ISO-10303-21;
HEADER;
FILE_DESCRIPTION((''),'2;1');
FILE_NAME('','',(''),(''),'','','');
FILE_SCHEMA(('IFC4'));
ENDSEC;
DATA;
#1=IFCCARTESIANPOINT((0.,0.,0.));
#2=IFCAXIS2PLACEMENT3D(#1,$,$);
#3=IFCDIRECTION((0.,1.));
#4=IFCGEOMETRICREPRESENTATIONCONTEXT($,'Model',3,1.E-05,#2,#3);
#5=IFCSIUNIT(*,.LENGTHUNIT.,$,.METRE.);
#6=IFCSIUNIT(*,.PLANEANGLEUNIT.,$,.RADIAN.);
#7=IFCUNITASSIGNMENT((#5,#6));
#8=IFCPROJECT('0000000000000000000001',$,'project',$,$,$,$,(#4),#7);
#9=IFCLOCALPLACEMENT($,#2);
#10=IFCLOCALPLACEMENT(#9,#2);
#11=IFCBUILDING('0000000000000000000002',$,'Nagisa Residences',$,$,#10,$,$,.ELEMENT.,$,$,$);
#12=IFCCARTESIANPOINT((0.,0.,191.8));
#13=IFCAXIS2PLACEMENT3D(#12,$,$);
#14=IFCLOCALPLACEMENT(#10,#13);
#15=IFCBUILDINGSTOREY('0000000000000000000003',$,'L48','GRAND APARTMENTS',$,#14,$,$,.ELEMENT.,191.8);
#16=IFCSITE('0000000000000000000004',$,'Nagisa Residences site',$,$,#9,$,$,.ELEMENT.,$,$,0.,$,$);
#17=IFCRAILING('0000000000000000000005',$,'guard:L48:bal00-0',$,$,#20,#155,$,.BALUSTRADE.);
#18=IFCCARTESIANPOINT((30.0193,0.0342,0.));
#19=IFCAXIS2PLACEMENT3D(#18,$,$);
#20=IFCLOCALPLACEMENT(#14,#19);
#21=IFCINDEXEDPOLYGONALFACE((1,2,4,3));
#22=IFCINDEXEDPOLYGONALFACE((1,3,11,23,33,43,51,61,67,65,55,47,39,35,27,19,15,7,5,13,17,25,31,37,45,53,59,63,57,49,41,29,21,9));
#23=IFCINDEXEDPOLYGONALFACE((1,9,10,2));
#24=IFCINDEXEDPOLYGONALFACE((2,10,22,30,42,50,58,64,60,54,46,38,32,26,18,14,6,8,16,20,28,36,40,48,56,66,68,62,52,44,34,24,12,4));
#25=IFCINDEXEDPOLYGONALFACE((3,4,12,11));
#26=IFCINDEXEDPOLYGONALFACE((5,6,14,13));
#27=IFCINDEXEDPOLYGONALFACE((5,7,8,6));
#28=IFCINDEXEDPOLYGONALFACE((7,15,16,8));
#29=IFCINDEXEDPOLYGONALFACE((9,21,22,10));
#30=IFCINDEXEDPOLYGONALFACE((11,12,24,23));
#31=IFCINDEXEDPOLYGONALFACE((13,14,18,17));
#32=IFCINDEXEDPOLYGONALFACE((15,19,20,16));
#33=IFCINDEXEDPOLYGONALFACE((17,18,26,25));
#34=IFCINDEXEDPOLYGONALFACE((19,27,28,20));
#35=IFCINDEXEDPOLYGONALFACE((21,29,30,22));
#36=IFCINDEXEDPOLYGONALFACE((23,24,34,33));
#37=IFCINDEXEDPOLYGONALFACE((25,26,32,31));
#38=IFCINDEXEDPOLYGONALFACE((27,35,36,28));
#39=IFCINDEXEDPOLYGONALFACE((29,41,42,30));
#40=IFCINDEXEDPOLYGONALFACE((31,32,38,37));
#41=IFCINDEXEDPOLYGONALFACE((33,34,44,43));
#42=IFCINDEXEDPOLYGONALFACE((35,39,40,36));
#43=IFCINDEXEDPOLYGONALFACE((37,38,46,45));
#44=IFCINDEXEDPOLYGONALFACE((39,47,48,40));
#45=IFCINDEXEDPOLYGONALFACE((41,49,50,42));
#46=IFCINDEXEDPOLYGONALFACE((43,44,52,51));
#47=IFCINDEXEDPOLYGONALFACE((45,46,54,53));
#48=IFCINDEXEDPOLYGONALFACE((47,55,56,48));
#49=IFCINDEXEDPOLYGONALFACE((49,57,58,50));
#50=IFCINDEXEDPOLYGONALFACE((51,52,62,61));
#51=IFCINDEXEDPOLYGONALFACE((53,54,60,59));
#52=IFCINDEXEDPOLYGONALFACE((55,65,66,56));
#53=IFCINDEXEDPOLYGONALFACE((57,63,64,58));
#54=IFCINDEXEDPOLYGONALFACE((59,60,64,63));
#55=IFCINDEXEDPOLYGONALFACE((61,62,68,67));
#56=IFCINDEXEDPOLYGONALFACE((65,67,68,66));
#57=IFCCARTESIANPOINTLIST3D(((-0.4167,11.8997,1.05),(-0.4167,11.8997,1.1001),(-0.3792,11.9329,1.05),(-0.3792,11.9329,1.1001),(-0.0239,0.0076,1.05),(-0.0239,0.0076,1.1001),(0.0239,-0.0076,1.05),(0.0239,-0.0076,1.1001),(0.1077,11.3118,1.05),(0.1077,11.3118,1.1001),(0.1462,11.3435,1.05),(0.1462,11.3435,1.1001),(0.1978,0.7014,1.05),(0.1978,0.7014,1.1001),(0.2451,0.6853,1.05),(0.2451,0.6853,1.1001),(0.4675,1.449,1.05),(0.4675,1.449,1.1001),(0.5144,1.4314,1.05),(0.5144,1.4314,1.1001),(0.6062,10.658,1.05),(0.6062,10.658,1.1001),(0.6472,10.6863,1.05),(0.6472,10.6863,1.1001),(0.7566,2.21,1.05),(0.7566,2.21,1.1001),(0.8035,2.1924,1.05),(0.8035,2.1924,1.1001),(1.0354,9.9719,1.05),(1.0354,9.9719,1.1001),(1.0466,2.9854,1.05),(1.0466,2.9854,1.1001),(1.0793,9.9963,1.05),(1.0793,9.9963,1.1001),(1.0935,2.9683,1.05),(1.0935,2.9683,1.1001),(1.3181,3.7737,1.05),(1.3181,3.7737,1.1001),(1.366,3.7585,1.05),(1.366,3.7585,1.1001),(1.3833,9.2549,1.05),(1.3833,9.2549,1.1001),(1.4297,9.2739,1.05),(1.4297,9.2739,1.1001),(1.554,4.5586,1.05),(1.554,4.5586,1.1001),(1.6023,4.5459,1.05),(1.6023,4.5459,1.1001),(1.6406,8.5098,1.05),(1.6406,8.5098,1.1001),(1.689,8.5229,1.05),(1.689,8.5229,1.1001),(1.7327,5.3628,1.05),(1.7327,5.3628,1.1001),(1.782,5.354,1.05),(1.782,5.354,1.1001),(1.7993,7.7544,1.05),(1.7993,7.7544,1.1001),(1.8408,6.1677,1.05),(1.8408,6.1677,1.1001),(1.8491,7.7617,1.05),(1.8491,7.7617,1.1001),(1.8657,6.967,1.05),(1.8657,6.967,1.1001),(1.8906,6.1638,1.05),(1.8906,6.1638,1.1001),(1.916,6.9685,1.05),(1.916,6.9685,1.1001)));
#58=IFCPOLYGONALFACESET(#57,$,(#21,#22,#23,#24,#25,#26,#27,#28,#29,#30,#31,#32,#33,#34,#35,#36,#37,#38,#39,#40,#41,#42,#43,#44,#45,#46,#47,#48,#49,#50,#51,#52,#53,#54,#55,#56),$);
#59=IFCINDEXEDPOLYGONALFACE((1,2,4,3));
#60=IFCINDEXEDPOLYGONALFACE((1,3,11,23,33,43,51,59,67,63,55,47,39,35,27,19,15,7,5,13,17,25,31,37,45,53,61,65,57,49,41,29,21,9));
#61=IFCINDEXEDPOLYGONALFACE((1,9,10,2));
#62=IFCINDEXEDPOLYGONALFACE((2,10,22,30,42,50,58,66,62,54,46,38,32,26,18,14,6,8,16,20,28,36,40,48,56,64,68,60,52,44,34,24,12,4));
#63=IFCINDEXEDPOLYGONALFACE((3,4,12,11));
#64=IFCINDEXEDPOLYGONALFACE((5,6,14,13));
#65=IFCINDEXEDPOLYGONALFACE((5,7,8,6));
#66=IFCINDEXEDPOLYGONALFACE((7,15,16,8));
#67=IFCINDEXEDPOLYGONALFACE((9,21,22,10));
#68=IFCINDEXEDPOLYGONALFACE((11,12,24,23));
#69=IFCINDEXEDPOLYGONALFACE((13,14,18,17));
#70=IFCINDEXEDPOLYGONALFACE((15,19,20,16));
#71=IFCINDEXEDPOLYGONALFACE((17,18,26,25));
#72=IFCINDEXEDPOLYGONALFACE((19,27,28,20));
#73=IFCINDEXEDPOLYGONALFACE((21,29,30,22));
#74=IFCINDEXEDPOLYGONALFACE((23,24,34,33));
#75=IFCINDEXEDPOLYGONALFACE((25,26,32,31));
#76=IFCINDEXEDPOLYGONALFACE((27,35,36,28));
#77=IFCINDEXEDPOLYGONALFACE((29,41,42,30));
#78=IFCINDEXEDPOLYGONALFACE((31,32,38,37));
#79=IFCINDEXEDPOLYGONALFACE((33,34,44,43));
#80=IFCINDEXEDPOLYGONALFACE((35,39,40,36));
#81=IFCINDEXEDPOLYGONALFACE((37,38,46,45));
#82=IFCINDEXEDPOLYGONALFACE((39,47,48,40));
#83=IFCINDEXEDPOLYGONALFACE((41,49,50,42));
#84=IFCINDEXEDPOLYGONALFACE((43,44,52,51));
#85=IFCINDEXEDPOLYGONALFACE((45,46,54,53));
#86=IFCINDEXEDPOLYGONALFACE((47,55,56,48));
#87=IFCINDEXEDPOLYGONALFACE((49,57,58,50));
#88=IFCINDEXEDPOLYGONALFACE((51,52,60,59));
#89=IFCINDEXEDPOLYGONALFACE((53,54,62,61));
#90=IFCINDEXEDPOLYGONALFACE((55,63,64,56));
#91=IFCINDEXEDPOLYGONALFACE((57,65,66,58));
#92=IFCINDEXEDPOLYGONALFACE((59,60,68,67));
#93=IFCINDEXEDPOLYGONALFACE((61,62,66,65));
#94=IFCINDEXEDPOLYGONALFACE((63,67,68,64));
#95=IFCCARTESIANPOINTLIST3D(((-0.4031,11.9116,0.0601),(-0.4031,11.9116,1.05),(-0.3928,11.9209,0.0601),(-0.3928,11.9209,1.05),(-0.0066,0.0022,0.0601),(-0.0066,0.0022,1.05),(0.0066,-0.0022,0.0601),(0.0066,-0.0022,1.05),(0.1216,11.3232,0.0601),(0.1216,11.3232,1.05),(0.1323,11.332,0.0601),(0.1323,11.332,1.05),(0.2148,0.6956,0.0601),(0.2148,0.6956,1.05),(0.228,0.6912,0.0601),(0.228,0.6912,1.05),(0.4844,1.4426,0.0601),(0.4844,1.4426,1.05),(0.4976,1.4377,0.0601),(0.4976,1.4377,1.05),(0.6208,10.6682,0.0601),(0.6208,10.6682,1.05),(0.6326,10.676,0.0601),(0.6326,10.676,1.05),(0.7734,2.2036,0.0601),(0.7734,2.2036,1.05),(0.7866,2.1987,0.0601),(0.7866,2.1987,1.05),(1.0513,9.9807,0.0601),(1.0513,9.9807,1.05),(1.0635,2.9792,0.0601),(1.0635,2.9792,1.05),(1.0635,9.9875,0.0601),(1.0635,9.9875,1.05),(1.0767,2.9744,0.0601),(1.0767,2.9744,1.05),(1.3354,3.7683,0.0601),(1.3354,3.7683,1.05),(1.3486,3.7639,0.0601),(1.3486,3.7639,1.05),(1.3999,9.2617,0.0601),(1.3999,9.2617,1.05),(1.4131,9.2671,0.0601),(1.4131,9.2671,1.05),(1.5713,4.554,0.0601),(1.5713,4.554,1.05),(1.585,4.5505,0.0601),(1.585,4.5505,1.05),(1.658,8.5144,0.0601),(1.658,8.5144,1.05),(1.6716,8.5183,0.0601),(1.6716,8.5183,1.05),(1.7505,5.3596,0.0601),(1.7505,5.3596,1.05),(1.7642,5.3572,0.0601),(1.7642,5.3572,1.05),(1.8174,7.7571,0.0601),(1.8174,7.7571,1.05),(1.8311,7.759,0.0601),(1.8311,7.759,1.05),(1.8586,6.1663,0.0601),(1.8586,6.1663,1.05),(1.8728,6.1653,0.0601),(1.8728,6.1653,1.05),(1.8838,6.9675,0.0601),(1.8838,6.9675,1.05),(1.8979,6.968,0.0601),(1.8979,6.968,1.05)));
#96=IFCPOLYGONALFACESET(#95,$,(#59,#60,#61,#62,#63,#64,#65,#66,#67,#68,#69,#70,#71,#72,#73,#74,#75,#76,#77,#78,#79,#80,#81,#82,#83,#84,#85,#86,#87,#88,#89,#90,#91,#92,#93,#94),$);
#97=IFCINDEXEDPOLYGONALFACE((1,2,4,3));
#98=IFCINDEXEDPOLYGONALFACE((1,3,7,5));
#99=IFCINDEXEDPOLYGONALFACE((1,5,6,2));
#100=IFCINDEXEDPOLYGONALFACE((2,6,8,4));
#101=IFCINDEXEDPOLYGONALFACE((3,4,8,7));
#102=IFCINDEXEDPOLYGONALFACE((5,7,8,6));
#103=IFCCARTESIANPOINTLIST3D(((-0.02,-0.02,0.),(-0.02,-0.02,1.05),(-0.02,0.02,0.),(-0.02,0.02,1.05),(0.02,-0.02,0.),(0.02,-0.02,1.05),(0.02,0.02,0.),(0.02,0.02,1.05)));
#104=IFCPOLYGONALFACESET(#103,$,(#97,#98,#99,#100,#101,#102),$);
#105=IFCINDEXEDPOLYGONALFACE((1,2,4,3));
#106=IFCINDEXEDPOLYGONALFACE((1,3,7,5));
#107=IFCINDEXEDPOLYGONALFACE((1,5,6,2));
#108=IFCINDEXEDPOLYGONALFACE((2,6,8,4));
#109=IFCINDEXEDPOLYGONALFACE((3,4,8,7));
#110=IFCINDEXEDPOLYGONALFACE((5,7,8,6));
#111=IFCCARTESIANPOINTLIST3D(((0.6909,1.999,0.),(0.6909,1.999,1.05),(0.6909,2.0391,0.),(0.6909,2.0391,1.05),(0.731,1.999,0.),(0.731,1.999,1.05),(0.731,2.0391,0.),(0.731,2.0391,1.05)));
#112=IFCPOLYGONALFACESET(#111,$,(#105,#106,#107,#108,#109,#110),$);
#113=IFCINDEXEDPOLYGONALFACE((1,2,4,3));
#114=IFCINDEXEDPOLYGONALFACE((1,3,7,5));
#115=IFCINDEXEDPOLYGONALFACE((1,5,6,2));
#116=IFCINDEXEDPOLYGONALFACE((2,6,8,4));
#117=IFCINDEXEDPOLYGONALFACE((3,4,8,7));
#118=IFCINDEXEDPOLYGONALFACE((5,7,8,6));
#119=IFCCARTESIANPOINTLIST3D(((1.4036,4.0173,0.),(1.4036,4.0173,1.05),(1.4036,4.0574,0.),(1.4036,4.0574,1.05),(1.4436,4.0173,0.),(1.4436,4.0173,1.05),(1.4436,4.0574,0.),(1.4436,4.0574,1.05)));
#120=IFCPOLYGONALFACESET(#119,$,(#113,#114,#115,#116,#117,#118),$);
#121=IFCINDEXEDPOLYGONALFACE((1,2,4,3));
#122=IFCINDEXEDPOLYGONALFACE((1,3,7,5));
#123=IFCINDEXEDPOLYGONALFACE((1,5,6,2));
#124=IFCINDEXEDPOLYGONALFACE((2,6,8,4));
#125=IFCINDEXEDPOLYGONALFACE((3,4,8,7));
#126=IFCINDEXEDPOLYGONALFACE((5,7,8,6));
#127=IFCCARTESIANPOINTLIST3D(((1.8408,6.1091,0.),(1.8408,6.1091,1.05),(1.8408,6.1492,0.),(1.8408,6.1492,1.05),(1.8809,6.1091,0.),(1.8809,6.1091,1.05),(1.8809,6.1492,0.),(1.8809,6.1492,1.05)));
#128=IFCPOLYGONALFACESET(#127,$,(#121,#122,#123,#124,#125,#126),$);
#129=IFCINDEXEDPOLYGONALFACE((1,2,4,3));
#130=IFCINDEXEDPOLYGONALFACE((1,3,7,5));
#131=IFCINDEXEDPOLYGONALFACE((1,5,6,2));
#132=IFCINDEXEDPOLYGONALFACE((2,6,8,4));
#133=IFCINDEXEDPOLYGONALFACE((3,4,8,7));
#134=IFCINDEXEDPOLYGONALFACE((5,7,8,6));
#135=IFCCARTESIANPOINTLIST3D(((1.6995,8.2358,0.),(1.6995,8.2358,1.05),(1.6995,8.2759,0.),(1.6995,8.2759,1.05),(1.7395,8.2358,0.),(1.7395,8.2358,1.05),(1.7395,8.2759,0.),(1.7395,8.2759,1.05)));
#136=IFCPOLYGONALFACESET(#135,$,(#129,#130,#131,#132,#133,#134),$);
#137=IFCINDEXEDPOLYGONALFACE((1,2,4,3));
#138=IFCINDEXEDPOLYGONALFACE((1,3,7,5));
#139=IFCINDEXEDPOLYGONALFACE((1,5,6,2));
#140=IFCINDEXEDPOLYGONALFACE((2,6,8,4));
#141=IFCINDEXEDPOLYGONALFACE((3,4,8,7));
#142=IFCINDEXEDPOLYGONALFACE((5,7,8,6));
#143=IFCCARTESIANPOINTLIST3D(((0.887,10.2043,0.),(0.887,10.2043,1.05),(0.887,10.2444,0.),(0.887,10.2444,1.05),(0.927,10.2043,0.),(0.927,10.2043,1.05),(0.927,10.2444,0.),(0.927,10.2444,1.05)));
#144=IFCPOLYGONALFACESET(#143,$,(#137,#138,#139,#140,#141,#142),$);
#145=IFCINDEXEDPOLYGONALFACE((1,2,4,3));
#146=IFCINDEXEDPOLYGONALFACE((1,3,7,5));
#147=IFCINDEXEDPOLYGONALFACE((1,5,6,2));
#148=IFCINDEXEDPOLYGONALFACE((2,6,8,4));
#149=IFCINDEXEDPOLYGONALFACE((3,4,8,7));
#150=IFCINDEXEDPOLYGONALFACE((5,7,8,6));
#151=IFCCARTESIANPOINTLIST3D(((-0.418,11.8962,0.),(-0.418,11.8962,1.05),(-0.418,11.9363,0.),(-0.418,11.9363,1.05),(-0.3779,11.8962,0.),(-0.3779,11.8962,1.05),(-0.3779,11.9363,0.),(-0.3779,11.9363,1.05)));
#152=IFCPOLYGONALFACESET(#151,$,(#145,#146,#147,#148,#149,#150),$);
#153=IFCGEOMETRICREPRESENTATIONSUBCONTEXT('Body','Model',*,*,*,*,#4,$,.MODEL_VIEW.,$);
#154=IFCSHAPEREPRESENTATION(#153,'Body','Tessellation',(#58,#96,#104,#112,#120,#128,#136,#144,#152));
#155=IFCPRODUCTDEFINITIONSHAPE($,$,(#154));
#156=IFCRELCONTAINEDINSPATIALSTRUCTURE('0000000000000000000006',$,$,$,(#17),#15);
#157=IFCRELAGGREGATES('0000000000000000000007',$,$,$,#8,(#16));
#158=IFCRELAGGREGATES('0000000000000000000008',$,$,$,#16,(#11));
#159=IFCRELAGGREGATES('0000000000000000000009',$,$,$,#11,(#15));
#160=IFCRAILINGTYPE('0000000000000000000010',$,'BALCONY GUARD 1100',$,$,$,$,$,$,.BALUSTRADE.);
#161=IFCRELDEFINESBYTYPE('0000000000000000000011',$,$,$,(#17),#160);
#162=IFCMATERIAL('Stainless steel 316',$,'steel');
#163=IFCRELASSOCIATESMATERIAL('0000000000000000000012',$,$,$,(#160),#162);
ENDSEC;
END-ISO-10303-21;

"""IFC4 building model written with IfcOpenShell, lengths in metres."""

from ifc_helpers import new_model, si_unit, direction, frame, origin, origin_2d, place, context, subcontext, project, spatial, polyline, rectangle, outline, extrude, material, type_object, element, save


model = new_model("IFC4")

# Units and contexts
model_context = context("Model", 3, precision=1e-05, world=origin(), true_north=direction((0.0, 1.0)))
body_context = subcontext(model_context, "Body", "Model", "MODEL_VIEW")
ifc_project = project(units=[si_unit("LENGTHUNIT", "METRE"), si_unit("PLANEANGLEUNIT", "RADIAN")], contexts=[model_context])

# Site, building, storey
site_placement = place(None, origin())
site = spatial("IfcSite", under=ifc_project, at=site_placement, Name="Nagisa Residences site", CompositionType="ELEMENT", RefElevation=0.0)
building_placement = place(site_placement, origin())
building = spatial("IfcBuilding", under=site, at=building_placement, Name="Nagisa Residences", CompositionType="ELEMENT")
storey_placement = place(building_placement, frame((0.0, 0.0, 191.8)))
storey = spatial("IfcBuildingStorey", under=building, at=storey_placement, Name="L48", Description="GRAND APARTMENTS", CompositionType="ELEMENT", Elevation=191.8)

# Railing
ifc_material_1 = material(Name="Stainless steel 316", Category="steel")
railing_type = type_object("IfcRailingType", Name="BALCONY GUARD 1100", PredefinedType="BALUSTRADE", material=ifc_material_1)
railing_1_placement = place(storey_placement, frame((30.0193, 0.0342, 0.0)))
element("IfcRailing", 1, at=railing_1_placement, inside=storey, type_object=railing_type, Name="guard:L48:bal00-0", PredefinedType="BALUSTRADE", context=body_context, shape_type="SweptSolid", body=[
    extrude(outline(polyline([(0.1978, 0.7014), (-0.0239, 0.0076), (0.0239, -0.0076), (0.2451, 0.6853), (0.5144, 1.4314), (0.8035, 2.1924), (1.0935, 2.9683), (1.366, 3.7585), (1.6023, 4.5459), (1.782, 5.354), (1.8906, 6.1638), (1.916, 6.9685), (1.8491, 7.7617), (1.689, 8.5229), (1.4297, 9.2739), (1.0793, 9.9963), (0.6472, 10.6863), (0.1462, 11.3435), (-0.3792, 11.9329), (-0.4167, 11.8997), (0.1077, 11.3118), (0.6062, 10.658), (1.0354, 9.9719), (1.3833, 9.2549), (1.6406, 8.5098), (1.7993, 7.7544), (1.8657, 6.967), (1.8408, 6.1677), (1.7327, 5.3628), (1.554, 4.5586), (1.3181, 3.7737), (1.0466, 2.9854), (0.7566, 2.21), (0.4675, 1.449), (0.1978, 0.7014)])), frame((0.0, 0.0, 1.05)), (0.0, 0.0, 1.0), 0.05),
    extrude(outline(polyline([(0.2148, 0.6956), (-0.0066, 0.0022), (0.0066, -0.0022), (0.228, 0.6912), (0.4976, 1.4377), (0.7866, 2.1987), (1.0767, 2.9744), (1.3486, 3.7639), (1.585, 4.5505), (1.7642, 5.3572), (1.8728, 6.1653), (1.8979, 6.968), (1.8311, 7.759), (1.6716, 8.5183), (1.4131, 9.2671), (1.0635, 9.9875), (0.6326, 10.676), (0.1323, 11.332), (-0.3928, 11.9209), (-0.4031, 11.9116), (0.1216, 11.3232), (0.6208, 10.6682), (1.0513, 9.9807), (1.3999, 9.2617), (1.658, 8.5144), (1.8174, 7.7571), (1.8838, 6.9675), (1.8586, 6.1663), (1.7505, 5.3596), (1.5713, 4.554), (1.3354, 3.7683), (1.0635, 2.9792), (0.7734, 2.2036), (0.4844, 1.4426), (0.2148, 0.6956)])), frame((0.0, 0.0, 0.0601)), (0.0, 0.0, 1.0), 0.99),
    extrude(rectangle(XDim=0.04, YDim=0.04, at=origin_2d()), origin(), (0.0, 0.0, 1.0), 1.05),
    extrude(rectangle(XDim=0.04, YDim=0.04, at=origin_2d()), frame((0.7109, 2.019, 0.0)), (0.0, 0.0, 1.0), 1.05),
    extrude(rectangle(XDim=0.04, YDim=0.04, at=origin_2d()), frame((1.4236, 4.0374, 0.0)), (0.0, 0.0, 1.0), 1.05),
    extrude(rectangle(XDim=0.04, YDim=0.04, at=origin_2d()), frame((1.8608, 6.1292, 0.0)), (0.0, 0.0, 1.0), 1.05),
    extrude(rectangle(XDim=0.04, YDim=0.04, at=origin_2d()), frame((1.7195, 8.2559, 0.0)), (0.0, 0.0, 1.0), 1.05),
    extrude(rectangle(XDim=0.04, YDim=0.04, at=origin_2d()), frame((0.907, 10.2244, 0.0)), (0.0, 0.0, 1.0), 1.05),
    extrude(rectangle(XDim=0.04, YDim=0.04, at=origin_2d()), frame((-0.3979, 11.9163, 0.0)), (0.0, 0.0, 1.0), 1.05),
])

save(model, "model.ifc")
